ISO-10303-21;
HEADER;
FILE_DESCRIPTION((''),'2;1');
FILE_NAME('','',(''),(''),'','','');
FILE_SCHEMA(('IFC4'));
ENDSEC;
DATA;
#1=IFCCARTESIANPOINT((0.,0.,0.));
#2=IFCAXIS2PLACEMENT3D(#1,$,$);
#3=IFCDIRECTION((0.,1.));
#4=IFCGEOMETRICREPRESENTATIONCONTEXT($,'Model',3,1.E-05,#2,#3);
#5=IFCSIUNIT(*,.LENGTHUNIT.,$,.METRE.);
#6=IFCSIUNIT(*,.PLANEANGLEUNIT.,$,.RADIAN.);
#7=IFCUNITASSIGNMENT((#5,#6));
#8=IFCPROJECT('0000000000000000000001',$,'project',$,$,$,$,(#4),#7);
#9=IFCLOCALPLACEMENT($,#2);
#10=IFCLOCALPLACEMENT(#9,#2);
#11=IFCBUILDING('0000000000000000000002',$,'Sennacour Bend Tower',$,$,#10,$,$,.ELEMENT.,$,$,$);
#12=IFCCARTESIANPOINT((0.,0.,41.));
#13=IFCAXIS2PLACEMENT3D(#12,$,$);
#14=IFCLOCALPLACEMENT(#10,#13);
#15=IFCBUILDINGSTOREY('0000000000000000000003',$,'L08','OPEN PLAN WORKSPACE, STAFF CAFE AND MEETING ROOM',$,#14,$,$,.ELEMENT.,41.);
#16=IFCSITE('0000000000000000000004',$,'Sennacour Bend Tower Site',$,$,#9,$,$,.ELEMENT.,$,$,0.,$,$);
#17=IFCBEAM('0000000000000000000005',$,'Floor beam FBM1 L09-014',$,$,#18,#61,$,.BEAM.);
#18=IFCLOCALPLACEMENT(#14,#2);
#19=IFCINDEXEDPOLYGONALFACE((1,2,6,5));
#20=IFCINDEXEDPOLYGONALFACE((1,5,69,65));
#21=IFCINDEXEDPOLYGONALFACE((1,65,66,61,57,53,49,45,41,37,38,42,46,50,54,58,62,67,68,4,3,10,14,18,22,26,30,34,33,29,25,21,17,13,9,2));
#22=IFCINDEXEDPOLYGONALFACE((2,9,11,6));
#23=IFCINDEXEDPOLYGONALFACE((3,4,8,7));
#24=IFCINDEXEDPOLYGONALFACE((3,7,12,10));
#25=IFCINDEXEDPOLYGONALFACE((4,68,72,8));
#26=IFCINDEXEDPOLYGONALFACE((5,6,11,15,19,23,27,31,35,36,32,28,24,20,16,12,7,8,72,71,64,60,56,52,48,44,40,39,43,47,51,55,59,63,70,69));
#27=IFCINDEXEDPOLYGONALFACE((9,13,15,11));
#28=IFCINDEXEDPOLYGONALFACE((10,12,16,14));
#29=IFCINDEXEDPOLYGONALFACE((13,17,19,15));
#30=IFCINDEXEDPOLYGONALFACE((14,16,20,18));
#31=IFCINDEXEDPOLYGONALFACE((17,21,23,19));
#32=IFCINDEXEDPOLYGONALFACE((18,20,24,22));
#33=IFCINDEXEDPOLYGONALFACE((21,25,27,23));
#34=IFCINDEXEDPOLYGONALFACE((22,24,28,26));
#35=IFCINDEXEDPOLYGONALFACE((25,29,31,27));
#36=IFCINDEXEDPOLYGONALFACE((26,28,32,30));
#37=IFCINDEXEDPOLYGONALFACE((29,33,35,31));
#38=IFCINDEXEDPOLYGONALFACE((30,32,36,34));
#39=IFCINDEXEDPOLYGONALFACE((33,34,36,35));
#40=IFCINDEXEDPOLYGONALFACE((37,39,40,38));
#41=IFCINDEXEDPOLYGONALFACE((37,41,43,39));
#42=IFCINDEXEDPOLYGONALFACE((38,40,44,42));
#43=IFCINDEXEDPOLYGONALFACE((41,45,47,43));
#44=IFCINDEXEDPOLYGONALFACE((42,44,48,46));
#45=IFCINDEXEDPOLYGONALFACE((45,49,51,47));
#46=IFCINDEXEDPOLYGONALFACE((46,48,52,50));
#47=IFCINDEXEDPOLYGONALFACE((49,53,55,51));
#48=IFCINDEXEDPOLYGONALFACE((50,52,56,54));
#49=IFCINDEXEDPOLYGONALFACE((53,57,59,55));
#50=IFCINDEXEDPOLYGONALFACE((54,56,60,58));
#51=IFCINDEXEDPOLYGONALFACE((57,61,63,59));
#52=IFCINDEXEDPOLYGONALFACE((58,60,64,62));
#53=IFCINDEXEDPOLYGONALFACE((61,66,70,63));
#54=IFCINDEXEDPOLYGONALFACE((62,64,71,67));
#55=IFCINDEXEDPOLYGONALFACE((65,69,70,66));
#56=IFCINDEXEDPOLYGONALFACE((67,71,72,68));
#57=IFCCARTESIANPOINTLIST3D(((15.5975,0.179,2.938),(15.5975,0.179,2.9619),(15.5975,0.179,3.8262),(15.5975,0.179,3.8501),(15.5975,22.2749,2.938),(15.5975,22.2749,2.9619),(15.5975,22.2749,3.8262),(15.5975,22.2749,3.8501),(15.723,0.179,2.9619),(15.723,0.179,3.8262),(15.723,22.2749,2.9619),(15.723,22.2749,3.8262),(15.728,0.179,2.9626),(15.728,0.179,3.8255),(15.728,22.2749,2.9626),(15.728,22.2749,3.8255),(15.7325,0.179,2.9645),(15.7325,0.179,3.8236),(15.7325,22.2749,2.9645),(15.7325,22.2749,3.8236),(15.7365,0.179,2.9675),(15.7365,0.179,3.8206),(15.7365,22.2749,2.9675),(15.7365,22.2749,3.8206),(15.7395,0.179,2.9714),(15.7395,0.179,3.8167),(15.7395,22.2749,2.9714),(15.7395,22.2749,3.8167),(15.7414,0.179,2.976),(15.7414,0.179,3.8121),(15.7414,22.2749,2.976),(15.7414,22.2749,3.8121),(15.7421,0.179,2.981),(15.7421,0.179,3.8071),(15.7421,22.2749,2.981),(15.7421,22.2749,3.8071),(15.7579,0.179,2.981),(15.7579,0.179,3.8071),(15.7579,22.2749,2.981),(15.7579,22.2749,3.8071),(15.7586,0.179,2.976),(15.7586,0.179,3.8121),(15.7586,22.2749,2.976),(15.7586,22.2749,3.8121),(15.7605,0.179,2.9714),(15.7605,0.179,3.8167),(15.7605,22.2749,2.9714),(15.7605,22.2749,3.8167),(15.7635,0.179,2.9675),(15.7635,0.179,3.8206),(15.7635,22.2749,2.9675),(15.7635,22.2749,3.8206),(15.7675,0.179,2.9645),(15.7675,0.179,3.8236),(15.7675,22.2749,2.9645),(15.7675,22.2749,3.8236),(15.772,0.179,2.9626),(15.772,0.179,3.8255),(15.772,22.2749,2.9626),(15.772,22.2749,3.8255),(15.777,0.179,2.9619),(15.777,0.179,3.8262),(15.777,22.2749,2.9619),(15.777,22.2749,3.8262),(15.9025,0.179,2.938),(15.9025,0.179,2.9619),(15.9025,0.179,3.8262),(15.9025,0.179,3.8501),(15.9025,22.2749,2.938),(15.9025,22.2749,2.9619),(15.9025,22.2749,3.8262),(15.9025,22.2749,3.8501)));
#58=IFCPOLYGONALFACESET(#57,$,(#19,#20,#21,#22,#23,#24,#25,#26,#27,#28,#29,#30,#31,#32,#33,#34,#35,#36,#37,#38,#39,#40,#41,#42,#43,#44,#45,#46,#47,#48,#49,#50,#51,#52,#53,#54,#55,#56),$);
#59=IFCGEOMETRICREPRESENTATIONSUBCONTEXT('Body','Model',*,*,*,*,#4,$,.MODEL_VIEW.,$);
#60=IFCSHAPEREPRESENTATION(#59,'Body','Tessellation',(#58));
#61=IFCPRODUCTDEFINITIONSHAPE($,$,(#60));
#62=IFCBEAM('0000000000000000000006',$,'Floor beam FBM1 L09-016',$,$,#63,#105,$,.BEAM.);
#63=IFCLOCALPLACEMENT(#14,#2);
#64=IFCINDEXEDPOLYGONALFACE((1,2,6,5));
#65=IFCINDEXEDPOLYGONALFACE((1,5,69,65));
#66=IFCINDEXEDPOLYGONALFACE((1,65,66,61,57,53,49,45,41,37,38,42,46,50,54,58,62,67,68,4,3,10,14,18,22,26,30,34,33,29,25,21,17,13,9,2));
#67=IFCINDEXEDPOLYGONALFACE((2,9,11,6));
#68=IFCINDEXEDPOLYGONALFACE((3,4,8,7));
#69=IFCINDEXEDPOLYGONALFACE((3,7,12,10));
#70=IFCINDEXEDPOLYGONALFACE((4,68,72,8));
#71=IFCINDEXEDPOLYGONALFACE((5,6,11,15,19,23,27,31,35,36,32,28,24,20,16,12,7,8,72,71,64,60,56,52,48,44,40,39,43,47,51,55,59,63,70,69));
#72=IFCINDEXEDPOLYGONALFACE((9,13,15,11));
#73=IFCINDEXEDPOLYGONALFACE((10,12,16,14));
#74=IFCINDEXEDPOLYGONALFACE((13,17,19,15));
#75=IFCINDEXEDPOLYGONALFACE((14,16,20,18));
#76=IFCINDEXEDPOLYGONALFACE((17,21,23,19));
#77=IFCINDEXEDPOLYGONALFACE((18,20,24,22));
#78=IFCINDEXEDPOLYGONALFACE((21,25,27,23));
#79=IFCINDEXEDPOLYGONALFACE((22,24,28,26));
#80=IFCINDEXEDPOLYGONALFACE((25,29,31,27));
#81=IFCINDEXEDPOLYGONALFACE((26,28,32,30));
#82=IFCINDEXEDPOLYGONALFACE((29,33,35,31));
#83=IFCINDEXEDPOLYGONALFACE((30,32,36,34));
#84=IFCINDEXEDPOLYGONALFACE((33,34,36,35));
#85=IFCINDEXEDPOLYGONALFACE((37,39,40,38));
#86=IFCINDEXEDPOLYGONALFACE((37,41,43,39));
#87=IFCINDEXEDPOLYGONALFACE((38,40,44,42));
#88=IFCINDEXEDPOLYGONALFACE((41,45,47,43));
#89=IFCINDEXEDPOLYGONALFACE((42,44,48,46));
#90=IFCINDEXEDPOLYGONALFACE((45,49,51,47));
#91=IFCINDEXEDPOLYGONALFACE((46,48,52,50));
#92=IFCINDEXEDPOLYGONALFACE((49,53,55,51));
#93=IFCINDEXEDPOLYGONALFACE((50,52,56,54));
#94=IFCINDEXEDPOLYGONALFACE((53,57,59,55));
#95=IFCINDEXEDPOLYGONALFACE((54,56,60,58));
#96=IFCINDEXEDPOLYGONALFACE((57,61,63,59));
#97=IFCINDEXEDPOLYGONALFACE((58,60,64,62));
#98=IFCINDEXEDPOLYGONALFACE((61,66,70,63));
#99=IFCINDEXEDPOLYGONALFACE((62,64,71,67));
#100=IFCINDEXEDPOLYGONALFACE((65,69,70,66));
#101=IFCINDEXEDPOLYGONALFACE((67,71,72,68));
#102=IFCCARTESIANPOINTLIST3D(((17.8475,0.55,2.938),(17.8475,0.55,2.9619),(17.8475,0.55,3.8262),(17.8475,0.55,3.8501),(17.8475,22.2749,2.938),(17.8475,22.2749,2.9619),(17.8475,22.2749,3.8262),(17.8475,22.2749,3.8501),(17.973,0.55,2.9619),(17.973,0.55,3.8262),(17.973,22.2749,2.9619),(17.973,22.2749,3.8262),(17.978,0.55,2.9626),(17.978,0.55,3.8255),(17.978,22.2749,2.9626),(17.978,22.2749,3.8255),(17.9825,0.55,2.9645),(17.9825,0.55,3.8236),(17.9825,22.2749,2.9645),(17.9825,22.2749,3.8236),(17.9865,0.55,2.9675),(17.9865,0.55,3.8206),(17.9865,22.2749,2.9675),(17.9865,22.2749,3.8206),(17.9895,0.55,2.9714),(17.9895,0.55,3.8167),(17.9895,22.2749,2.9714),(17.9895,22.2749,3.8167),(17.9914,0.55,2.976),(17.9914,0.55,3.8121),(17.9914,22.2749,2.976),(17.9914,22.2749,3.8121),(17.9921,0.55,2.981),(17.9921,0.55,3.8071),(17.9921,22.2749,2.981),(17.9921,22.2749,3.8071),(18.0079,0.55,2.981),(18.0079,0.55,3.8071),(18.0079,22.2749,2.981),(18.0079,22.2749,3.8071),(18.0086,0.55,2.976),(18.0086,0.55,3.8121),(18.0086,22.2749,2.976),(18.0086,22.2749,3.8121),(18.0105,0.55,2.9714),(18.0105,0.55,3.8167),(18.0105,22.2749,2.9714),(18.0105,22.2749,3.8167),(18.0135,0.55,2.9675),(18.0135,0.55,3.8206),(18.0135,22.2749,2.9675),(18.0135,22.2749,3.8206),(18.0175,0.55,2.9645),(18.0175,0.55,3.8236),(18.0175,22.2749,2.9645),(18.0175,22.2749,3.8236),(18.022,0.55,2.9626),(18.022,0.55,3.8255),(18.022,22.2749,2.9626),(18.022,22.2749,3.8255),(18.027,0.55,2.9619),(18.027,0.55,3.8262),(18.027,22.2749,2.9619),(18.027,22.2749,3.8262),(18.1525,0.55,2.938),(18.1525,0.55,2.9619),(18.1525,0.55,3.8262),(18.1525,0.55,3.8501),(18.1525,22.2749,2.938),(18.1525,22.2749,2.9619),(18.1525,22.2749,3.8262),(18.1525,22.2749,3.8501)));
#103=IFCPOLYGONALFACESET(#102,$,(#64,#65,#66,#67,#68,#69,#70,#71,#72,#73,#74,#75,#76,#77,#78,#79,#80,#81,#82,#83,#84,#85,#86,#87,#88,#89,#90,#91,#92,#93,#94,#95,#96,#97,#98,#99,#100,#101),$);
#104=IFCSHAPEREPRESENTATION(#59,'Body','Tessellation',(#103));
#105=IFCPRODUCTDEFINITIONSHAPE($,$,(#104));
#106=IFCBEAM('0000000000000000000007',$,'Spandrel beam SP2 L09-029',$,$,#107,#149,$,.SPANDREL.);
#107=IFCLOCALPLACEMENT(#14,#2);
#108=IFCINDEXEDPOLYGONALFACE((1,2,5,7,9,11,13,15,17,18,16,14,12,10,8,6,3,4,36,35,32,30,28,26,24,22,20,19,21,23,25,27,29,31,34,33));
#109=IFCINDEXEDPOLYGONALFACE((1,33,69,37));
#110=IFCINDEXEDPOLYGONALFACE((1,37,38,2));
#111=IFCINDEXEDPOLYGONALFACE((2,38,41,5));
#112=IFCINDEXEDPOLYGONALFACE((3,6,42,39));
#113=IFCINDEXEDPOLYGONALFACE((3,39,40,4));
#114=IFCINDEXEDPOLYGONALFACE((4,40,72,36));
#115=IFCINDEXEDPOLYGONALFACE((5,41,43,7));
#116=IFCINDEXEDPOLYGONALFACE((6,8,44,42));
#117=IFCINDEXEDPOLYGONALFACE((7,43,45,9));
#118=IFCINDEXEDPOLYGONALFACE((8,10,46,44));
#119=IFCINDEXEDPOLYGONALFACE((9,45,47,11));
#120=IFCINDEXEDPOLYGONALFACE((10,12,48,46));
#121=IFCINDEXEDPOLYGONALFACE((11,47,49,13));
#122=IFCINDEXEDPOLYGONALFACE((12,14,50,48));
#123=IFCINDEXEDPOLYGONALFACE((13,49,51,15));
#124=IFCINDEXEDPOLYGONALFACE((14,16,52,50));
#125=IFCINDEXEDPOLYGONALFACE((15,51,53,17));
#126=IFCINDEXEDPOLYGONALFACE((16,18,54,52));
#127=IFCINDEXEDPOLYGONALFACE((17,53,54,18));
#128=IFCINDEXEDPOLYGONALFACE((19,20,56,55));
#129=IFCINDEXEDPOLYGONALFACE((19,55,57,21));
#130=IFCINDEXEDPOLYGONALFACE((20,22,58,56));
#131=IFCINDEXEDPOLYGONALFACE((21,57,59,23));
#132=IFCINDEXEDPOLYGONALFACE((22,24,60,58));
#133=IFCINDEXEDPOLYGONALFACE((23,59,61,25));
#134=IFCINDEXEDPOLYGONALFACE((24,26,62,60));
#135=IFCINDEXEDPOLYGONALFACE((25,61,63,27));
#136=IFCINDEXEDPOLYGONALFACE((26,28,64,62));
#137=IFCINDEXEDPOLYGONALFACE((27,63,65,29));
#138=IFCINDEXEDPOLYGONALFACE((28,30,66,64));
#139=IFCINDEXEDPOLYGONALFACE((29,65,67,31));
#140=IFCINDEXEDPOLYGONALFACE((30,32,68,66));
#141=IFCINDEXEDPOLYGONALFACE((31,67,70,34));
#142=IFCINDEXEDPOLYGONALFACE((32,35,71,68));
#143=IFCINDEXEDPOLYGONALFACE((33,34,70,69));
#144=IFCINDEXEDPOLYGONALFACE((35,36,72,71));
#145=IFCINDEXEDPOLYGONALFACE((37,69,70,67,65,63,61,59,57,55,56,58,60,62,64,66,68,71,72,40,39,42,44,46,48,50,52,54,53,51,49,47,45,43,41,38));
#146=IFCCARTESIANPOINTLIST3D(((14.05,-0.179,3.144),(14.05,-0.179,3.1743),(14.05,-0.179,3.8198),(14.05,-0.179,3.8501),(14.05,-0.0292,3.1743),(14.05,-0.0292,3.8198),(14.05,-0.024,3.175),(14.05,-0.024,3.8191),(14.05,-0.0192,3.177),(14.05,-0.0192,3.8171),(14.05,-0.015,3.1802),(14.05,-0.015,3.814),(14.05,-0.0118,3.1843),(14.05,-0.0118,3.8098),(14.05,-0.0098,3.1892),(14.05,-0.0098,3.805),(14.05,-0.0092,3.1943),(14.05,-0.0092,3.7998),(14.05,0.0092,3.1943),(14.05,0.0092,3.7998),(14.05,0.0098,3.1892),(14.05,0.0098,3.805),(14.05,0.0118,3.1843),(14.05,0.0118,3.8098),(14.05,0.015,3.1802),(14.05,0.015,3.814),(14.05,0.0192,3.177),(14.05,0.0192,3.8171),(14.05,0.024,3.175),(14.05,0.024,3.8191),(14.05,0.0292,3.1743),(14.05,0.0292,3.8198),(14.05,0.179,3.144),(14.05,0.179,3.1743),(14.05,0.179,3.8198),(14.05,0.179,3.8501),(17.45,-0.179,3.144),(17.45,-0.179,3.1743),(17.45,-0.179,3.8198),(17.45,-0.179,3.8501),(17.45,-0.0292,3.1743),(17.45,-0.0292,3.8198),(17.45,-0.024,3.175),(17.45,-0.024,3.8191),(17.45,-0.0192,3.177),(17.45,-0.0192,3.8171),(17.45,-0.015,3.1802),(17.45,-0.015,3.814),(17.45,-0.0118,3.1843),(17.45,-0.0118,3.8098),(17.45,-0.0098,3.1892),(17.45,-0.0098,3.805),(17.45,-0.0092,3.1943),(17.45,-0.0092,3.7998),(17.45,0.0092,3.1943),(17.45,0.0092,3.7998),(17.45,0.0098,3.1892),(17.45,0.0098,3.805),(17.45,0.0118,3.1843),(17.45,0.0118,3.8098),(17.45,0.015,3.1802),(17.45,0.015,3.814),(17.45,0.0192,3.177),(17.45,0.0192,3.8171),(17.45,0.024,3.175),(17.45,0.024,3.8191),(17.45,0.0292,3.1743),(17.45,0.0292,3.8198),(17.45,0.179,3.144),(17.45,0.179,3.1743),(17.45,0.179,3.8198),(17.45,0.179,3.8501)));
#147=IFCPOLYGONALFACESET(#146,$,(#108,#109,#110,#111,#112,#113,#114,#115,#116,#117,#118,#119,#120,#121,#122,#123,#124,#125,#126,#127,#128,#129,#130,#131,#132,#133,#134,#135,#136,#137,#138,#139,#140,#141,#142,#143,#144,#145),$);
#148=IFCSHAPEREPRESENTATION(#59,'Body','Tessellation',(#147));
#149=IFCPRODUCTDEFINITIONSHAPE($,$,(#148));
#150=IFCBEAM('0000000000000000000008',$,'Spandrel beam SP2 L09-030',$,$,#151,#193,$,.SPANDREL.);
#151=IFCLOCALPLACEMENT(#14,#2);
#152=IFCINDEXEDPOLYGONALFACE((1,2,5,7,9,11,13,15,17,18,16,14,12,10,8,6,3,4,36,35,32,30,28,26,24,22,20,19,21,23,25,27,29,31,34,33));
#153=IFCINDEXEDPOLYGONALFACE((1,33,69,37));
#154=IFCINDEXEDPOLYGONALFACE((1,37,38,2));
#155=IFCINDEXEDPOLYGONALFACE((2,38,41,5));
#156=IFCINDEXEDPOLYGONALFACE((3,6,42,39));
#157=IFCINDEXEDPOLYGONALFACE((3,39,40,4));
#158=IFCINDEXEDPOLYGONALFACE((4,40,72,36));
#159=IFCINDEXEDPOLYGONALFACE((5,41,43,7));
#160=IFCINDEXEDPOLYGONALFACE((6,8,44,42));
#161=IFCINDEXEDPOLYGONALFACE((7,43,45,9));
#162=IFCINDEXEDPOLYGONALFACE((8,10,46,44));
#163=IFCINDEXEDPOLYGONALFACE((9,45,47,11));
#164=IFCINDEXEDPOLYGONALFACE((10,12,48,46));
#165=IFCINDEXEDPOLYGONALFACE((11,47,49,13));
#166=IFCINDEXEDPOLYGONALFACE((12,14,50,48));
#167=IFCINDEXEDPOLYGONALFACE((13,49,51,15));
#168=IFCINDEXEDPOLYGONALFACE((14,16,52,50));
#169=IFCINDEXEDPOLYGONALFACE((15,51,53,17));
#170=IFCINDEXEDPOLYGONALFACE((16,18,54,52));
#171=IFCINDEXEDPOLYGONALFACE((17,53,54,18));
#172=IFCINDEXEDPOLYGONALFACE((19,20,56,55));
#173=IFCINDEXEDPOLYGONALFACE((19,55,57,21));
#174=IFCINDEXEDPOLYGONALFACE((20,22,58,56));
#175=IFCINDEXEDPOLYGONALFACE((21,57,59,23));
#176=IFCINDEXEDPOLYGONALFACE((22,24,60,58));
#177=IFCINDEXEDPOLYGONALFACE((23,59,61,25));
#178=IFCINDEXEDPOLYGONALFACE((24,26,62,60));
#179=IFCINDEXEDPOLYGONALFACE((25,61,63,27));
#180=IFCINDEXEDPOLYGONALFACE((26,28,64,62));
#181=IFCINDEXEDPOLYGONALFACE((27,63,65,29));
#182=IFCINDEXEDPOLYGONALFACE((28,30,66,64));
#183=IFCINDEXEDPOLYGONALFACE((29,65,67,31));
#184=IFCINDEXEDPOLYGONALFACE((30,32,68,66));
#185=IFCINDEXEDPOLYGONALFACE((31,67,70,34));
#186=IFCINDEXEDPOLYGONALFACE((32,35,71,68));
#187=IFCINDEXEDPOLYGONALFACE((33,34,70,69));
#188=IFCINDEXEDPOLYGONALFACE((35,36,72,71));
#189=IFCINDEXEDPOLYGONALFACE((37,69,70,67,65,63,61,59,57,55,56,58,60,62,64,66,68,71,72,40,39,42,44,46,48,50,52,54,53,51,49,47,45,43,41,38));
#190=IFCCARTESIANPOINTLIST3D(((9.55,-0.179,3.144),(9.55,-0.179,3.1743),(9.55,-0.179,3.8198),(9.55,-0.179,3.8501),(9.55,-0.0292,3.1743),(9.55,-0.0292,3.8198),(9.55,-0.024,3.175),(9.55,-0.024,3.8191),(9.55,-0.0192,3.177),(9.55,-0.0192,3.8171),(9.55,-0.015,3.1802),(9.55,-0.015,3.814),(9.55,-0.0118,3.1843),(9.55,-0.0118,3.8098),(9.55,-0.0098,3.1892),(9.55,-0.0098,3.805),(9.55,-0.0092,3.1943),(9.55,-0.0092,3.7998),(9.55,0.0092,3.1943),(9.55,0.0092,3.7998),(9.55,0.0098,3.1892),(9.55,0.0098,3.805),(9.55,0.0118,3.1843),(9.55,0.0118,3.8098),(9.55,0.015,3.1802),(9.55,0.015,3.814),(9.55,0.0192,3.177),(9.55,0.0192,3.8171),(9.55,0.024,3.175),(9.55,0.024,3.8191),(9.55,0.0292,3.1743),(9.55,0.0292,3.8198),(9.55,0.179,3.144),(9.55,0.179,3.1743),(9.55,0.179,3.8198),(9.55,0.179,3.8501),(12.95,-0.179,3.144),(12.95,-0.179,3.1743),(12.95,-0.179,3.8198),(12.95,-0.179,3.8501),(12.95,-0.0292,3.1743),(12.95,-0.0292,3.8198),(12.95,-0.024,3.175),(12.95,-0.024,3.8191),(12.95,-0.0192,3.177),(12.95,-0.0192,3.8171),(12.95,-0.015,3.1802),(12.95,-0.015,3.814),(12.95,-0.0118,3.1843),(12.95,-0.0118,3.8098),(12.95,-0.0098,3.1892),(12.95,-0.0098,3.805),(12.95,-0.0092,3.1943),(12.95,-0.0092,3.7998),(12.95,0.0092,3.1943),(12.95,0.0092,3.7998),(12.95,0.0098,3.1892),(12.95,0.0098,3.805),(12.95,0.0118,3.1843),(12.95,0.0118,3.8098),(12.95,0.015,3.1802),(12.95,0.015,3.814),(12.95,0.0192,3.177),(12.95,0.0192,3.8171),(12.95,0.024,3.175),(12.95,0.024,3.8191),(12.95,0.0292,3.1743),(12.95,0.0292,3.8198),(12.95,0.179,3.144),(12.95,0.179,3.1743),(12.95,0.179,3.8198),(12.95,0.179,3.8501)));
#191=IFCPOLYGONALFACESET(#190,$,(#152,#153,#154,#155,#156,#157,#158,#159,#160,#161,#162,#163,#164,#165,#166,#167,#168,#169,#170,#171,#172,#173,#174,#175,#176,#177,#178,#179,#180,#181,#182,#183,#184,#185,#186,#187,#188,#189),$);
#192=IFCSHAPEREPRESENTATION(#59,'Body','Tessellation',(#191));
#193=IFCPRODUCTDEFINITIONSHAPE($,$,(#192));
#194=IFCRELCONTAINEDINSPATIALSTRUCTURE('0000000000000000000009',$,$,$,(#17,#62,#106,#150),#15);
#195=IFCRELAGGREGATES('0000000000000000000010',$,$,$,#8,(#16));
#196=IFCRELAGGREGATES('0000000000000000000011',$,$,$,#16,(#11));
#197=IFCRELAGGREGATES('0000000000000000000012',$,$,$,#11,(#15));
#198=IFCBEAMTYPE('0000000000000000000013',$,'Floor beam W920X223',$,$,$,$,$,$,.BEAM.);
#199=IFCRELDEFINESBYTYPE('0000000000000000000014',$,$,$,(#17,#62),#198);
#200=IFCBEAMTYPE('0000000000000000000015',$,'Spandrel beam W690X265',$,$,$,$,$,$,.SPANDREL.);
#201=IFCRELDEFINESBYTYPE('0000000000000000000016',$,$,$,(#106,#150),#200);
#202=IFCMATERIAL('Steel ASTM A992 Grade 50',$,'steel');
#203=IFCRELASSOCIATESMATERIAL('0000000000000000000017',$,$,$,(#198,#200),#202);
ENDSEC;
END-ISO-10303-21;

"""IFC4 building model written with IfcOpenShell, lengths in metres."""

from ifc_helpers import new_model, si_unit, direction, frame, origin, origin_2d, place, context, subcontext, project, spatial, i_section, extrude, material, material_profile, profile_set, type_object, element, save


model = new_model("IFC4")

# Units and contexts
model_context = context("Model", 3, precision=1e-05, world=origin(), true_north=direction((0.0, 1.0)))
body_context = subcontext(model_context, "Body", "Model", "MODEL_VIEW")
ifc_project = project(units=[si_unit("LENGTHUNIT", "METRE"), si_unit("PLANEANGLEUNIT", "RADIAN")], contexts=[model_context])

# Site, building, storey
site_placement = place(None, origin())
site = spatial("IfcSite", under=ifc_project, at=site_placement, Name="Sennacour Bend Tower Site", CompositionType="ELEMENT", RefElevation=0.0)
building_placement = place(site_placement, origin())
building = spatial("IfcBuilding", under=site, at=building_placement, Name="Sennacour Bend Tower", CompositionType="ELEMENT")
storey_placement = place(building_placement, frame((0.0, 0.0, 41.0)))
storey = spatial("IfcBuildingStorey", under=building, at=storey_placement, Name="L08", Description="OPEN PLAN WORKSPACE, STAFF CAFE AND MEETING ROOM", CompositionType="ELEMENT", Elevation=41.0)

# Beams
ifc_material_1 = material(Name="Steel ASTM A992 Grade 50", Category="steel")
ifc_material_profile_1 = material_profile(ifc_material_1, i_section(OverallWidth=0.3049, OverallDepth=0.9121, WebThickness=0.0159, FlangeThickness=0.0239, FilletRadius=0.019, at=origin_2d()), Name="Steel ASTM A992 Grade 50", Category="steel")
ifc_profile_set_1 = profile_set([ifc_material_profile_1], Name="Steel ASTM A992 Grade 50")
beam_type_1 = type_object("IfcBeamType", Name="Floor beam W920X223", PredefinedType="BEAM", material=ifc_profile_set_1)
beam_1_placement = place(storey_placement, frame((15.75, 0.179, 3.394), z_axis=(0.0, 1.0, 0.0), x_axis=(-1.0, 0.0, 0.0)))
element("IfcBeam", 1, at=beam_1_placement, inside=storey, type_object=beam_type_1, Name="Floor beam FBM1 L09-014", PredefinedType="BEAM", context=body_context, shape_type="SweptSolid", body=[
    extrude(i_section(OverallWidth=0.3049, OverallDepth=0.9121, WebThickness=0.0159, FlangeThickness=0.0239, FilletRadius=0.019, at=origin_2d()), origin(), (0.0, 0.0, 1.0), 22.0959),
])
beam_2_placement = place(storey_placement, frame((18.0, 0.55, 3.394), z_axis=(0.0, 1.0, 0.0), x_axis=(-1.0, 0.0, 0.0)))
element("IfcBeam", 2, at=beam_2_placement, inside=storey, type_object=beam_type_1, Name="Floor beam FBM1 L09-016", PredefinedType="BEAM", context=body_context, shape_type="SweptSolid", body=[
    extrude(i_section(OverallWidth=0.3049, OverallDepth=0.9121, WebThickness=0.0159, FlangeThickness=0.0239, FilletRadius=0.019, at=origin_2d()), origin(), (0.0, 0.0, 1.0), 21.7249),
])
ifc_material_profile_2 = material_profile(ifc_material_1, i_section(OverallWidth=0.3579, OverallDepth=0.7061, WebThickness=0.0183, FlangeThickness=0.0303, FilletRadius=0.02, at=origin_2d()), Name="Steel ASTM A992 Grade 50", Category="steel")
ifc_profile_set_2 = profile_set([ifc_material_profile_2], Name="Steel ASTM A992 Grade 50")
beam_type_2 = type_object("IfcBeamType", Name="Spandrel beam W690X265", PredefinedType="SPANDREL", material=ifc_profile_set_2)
for number, where, z_axis, x_axis, name in (
    (3, (17.45, 0.0, 3.4971), (-1.0, 0.0, 0.0), (0.0, -1.0, 0.0), "Spandrel beam SP2 L09-029"),
    (4, (12.95, 0.0, 3.4971), (-1.0, 0.0, 0.0), (0.0, -1.0, 0.0), "Spandrel beam SP2 L09-030"),
):
    element("IfcBeam", number, at=place(storey_placement, frame(where, z_axis=z_axis, x_axis=x_axis)), inside=storey, type_object=beam_type_2, Name=name, PredefinedType="SPANDREL", context=body_context, shape_type="SweptSolid", body=[
        extrude(i_section(OverallWidth=0.3579, OverallDepth=0.7061, WebThickness=0.0183, FlangeThickness=0.0303, FilletRadius=0.02, at=origin_2d()), origin(), (0.0, 0.0, 1.0), 3.3999),
    ])

save(model, "model.ifc")
